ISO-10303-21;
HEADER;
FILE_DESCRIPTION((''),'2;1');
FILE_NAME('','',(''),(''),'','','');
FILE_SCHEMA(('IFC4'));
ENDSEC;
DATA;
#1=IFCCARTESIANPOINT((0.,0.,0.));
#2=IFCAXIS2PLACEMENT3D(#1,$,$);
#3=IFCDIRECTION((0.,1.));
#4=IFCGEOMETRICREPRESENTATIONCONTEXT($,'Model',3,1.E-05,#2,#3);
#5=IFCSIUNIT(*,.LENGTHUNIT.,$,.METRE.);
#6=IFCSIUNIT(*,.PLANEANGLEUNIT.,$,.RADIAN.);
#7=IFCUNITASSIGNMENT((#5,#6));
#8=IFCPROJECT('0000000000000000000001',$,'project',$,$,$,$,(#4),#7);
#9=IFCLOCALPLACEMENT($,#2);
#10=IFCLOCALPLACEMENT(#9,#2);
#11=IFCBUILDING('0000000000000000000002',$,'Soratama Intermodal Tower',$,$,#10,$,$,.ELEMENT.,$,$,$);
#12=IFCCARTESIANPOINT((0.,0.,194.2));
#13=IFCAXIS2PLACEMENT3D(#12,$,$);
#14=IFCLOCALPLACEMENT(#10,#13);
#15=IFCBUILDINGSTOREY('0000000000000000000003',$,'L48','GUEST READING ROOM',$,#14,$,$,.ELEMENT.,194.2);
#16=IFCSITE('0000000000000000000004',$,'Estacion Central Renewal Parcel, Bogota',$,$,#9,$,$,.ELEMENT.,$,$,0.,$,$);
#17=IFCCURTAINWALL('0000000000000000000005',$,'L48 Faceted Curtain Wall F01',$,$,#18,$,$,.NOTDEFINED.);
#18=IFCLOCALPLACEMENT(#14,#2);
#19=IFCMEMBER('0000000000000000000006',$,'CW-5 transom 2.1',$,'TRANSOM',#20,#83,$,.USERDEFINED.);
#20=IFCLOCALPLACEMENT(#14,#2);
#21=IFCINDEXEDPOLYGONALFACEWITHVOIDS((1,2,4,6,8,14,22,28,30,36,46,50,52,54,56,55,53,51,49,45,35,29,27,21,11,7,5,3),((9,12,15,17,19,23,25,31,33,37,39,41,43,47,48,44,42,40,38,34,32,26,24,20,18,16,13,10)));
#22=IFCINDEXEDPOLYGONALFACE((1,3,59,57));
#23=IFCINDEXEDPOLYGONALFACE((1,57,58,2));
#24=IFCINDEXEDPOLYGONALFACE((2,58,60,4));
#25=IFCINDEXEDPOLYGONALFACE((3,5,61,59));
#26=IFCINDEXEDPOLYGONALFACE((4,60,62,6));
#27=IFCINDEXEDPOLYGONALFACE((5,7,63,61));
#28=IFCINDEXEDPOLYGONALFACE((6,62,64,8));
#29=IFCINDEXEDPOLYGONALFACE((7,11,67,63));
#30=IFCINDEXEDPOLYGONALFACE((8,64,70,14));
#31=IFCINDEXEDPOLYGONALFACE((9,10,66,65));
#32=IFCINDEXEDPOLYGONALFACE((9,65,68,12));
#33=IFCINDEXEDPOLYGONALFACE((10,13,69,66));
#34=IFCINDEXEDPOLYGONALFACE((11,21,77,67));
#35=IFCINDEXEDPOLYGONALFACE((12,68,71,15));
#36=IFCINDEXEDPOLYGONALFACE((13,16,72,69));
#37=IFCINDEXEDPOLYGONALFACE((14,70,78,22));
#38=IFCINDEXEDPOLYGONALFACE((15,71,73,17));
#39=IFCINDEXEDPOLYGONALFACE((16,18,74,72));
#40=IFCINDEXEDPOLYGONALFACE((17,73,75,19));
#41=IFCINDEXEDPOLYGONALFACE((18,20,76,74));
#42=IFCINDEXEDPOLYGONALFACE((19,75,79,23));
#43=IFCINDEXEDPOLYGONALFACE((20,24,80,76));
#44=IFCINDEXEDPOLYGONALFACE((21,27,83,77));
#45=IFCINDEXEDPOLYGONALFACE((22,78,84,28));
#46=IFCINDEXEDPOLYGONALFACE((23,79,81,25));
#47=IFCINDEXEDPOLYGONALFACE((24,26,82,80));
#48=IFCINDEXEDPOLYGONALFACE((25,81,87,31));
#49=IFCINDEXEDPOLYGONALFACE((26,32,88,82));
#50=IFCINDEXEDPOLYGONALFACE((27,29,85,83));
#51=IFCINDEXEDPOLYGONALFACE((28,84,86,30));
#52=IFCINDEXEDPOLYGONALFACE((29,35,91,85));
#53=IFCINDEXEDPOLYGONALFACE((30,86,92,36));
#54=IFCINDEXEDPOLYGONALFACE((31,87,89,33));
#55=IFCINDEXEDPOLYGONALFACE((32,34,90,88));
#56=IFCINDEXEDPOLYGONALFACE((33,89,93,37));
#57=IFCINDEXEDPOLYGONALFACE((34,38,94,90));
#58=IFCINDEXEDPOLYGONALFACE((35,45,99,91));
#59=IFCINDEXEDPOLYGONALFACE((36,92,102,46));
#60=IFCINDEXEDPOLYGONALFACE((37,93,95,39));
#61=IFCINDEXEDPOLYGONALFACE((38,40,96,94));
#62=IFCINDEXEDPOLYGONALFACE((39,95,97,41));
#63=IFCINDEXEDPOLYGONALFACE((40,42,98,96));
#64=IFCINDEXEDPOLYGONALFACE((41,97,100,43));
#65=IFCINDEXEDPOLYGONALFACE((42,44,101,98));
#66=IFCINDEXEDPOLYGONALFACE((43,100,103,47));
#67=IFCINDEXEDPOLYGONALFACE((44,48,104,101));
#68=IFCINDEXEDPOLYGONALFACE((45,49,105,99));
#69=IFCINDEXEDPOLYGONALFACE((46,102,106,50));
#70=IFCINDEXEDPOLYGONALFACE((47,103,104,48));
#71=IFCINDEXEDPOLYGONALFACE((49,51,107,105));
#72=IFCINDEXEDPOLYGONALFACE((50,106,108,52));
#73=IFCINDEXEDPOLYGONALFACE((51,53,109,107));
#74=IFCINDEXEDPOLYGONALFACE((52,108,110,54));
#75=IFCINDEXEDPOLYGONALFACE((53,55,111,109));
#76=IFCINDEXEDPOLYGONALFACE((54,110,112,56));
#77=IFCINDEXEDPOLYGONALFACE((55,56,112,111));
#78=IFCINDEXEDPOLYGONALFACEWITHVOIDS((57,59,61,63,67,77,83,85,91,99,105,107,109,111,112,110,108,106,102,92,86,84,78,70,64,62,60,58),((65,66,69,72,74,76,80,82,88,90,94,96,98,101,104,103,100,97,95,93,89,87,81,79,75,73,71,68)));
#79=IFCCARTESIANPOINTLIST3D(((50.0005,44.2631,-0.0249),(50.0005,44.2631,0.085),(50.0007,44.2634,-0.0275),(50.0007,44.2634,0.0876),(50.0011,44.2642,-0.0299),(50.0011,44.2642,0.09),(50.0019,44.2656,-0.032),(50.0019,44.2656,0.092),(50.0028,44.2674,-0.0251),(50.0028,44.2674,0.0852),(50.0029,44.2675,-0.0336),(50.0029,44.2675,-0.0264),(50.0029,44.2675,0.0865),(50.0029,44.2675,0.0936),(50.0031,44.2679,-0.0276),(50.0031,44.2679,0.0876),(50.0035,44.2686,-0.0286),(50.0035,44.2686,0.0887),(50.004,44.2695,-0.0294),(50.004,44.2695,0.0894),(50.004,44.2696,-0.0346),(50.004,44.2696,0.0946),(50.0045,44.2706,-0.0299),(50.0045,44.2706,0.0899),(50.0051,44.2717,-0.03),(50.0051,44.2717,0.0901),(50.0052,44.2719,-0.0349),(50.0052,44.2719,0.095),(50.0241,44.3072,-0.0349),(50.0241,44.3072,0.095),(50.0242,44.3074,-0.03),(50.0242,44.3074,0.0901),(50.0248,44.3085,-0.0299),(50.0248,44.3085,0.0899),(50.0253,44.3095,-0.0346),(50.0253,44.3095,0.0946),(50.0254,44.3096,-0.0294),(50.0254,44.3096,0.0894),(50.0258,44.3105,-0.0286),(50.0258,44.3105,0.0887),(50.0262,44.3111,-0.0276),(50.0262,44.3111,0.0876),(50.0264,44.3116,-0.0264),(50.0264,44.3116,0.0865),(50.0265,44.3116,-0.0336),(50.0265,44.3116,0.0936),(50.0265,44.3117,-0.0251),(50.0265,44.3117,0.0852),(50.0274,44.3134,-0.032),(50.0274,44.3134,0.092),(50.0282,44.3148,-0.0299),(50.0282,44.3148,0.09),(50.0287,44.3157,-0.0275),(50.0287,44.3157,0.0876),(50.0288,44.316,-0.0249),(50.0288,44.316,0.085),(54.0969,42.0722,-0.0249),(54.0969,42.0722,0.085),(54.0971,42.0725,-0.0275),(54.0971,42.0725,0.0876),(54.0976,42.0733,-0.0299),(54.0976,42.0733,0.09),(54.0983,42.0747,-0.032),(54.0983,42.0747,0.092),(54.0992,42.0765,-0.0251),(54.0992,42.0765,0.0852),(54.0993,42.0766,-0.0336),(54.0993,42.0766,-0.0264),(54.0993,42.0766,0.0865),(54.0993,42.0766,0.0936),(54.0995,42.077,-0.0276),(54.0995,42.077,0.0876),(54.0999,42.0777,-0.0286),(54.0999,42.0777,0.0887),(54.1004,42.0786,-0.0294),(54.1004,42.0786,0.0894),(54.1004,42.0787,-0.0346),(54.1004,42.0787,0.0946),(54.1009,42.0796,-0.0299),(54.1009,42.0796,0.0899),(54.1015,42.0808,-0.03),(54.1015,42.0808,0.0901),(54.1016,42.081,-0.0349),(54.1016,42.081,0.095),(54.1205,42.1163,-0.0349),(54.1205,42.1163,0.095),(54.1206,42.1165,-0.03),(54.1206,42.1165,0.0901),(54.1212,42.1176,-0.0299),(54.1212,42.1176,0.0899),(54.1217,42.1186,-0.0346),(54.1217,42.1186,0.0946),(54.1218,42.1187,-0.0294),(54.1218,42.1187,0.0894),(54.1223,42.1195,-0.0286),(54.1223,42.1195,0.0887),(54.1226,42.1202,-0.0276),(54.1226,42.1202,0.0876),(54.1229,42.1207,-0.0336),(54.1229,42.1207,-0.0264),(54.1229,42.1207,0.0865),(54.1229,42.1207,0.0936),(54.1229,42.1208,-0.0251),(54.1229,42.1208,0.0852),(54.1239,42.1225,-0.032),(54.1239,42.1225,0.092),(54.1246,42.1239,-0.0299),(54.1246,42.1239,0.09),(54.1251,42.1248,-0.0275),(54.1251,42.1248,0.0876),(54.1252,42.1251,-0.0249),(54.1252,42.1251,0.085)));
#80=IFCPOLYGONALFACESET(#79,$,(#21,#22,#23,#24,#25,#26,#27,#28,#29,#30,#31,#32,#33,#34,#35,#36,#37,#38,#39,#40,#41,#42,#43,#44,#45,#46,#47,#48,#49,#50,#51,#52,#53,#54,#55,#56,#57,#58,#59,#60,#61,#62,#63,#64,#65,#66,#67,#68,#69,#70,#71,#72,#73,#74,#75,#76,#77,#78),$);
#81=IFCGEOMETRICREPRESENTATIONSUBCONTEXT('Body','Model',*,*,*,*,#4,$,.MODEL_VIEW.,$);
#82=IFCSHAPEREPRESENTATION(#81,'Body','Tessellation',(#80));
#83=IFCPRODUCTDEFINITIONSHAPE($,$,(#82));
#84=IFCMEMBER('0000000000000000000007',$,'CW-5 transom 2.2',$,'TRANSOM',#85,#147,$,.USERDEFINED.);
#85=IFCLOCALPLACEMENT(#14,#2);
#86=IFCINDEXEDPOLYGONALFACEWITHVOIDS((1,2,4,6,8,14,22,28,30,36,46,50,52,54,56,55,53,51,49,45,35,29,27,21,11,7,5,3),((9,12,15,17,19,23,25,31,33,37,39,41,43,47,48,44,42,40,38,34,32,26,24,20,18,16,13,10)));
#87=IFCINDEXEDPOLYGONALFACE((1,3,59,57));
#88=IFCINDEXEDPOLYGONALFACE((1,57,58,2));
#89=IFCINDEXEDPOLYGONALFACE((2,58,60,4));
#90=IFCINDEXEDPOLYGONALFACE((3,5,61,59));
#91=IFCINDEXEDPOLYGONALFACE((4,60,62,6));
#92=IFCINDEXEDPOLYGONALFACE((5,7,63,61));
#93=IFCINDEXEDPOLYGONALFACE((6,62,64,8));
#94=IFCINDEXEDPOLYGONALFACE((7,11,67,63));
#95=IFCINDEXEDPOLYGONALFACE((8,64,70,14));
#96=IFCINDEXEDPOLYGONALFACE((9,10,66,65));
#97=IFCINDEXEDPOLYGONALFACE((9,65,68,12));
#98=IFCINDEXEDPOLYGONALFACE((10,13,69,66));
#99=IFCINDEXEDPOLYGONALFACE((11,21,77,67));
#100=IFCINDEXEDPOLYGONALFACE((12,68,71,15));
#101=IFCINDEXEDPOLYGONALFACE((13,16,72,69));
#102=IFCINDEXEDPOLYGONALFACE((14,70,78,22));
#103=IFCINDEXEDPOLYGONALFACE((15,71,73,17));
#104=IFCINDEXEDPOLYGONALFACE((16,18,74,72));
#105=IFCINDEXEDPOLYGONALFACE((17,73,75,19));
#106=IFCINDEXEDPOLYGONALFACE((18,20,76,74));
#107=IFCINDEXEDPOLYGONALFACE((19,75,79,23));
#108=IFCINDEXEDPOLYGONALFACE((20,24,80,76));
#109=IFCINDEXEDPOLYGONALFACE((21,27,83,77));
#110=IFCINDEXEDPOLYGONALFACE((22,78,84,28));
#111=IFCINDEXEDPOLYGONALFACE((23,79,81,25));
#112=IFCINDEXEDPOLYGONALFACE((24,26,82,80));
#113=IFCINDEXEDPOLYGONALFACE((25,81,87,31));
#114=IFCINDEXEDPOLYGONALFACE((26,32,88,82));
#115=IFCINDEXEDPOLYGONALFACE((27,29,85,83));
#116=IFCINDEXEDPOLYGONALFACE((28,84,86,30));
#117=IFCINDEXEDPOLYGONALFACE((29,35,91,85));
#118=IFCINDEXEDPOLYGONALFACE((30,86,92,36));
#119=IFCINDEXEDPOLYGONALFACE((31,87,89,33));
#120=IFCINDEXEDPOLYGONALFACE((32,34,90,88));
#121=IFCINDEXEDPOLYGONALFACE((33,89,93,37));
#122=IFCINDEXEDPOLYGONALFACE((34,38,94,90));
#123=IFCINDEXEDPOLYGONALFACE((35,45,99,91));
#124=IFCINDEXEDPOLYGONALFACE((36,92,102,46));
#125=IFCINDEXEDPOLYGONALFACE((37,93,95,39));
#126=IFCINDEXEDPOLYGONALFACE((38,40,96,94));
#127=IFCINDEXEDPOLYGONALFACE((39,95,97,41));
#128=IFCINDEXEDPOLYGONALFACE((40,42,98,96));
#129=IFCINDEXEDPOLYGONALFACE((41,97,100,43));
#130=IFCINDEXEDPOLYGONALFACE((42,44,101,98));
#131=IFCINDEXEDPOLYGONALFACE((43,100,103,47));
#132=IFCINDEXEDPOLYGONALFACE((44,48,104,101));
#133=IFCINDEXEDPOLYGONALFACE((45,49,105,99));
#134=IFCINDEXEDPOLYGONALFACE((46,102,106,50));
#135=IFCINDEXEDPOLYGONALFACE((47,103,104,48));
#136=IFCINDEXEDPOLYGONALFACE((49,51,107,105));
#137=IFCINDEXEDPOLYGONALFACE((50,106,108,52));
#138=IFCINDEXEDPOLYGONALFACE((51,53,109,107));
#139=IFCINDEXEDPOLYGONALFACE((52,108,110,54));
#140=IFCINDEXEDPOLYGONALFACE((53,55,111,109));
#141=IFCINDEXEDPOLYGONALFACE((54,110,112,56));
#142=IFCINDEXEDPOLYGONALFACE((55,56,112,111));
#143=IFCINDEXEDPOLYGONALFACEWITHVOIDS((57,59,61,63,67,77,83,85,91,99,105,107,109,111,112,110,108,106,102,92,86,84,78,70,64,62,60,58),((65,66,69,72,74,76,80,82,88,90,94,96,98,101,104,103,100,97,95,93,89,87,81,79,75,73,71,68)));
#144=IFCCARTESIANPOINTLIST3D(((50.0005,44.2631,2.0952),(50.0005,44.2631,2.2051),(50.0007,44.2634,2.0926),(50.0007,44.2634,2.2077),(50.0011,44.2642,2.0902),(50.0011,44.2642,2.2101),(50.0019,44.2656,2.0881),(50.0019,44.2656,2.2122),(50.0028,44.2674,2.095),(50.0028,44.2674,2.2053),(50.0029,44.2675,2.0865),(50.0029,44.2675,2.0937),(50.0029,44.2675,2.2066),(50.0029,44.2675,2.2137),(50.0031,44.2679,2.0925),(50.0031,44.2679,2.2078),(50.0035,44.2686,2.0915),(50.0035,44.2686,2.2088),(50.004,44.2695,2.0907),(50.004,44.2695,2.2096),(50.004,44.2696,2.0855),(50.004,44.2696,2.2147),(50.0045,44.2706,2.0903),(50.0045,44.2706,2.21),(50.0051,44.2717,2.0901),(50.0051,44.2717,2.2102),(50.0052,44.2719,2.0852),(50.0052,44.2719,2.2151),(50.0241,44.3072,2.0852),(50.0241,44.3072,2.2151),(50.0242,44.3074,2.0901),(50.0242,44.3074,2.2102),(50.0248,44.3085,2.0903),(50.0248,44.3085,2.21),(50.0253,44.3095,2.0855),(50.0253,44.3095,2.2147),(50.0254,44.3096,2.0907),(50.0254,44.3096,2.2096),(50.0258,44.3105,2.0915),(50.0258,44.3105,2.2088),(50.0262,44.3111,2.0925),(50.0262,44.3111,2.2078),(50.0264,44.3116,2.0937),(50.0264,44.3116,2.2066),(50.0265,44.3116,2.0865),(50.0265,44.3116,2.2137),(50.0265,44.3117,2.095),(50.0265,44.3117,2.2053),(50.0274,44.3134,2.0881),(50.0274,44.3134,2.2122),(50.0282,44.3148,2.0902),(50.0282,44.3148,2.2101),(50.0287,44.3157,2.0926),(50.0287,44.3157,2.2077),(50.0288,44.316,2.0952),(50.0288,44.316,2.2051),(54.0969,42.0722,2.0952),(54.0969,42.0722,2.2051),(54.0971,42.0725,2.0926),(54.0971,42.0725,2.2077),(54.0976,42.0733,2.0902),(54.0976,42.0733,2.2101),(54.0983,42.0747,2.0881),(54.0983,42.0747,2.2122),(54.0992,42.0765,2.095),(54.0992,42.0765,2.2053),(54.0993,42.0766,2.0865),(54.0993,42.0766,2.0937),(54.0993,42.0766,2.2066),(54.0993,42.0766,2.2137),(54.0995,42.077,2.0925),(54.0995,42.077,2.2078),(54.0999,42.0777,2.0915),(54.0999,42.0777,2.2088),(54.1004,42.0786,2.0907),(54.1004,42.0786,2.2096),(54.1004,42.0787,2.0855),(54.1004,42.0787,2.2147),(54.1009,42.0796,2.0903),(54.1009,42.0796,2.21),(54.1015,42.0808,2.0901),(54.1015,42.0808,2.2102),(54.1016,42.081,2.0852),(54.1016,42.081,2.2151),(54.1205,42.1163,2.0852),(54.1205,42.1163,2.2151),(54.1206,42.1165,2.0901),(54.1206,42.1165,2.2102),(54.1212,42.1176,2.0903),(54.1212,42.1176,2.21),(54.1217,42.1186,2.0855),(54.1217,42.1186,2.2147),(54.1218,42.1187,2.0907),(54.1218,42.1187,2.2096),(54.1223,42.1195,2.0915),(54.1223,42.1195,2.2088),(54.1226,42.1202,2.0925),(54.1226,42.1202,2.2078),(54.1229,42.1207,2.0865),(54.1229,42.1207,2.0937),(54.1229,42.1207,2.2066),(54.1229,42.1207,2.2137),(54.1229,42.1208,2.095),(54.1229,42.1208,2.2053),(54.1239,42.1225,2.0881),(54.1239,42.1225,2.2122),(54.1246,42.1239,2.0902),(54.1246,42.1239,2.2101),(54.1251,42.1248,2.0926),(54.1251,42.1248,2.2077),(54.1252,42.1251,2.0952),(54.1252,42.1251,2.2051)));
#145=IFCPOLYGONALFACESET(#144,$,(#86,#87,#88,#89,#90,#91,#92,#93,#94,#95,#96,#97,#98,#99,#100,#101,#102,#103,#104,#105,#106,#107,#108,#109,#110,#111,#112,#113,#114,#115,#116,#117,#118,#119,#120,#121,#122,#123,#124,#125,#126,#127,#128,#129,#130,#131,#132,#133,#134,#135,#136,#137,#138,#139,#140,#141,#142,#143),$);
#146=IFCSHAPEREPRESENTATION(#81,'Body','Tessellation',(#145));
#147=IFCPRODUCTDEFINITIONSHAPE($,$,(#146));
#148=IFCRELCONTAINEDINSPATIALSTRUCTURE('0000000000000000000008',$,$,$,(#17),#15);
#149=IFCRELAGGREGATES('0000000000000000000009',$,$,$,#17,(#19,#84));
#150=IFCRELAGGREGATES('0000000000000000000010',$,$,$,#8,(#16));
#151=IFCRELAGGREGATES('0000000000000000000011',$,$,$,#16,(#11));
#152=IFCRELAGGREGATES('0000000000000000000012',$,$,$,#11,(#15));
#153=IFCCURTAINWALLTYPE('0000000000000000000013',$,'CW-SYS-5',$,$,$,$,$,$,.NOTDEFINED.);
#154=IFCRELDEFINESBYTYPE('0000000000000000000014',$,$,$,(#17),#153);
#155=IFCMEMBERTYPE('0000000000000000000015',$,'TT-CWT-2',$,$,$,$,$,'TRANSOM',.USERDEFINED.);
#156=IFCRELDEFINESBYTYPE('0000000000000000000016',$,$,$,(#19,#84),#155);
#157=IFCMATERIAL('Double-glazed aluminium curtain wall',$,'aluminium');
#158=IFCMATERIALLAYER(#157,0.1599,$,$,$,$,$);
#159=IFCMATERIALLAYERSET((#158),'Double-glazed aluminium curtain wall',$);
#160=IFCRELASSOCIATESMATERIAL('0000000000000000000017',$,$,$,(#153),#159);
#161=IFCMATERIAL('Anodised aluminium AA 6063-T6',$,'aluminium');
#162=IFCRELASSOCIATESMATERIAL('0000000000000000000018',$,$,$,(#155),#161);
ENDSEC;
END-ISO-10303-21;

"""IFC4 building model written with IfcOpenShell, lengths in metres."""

from ifc_helpers import new_model, si_unit, direction, frame, origin, origin_2d, place, context, subcontext, project, spatial, hollow_rectangle, extrude, material, layer, layer_set, material_profile, profile_set, type_object, element, aggregate, save


model = new_model("IFC4")

# Units and contexts
model_context = context("Model", 3, precision=1e-05, world=origin(), true_north=direction((0.0, 1.0)))
body_context = subcontext(model_context, "Body", "Model", "MODEL_VIEW")
ifc_project = project(units=[si_unit("LENGTHUNIT", "METRE"), si_unit("PLANEANGLEUNIT", "RADIAN")], contexts=[model_context])

# Site, building, storey
site_placement = place(None, origin())
site = spatial("IfcSite", under=ifc_project, at=site_placement, Name="Estacion Central Renewal Parcel, Bogota", CompositionType="ELEMENT", RefElevation=0.0)
building_placement = place(site_placement, origin())
building = spatial("IfcBuilding", under=site, at=building_placement, Name="Soratama Intermodal Tower", CompositionType="ELEMENT")
storey_placement = place(building_placement, frame((0.0, 0.0, 194.2)))
storey = spatial("IfcBuildingStorey", under=building, at=storey_placement, Name="L48", Description="GUEST READING ROOM", CompositionType="ELEMENT", Elevation=194.2)

# Curtain wall
ifc_material_1 = material(Name="Double-glazed aluminium curtain wall", Category="aluminium")
ifc_layer_1 = layer(ifc_material_1, 0.1599)
ifc_layer_set_1 = layer_set([ifc_layer_1], Name="Double-glazed aluminium curtain wall")
curtain_wall_type = type_object("IfcCurtainWallType", Name="CW-SYS-5", PredefinedType="NOTDEFINED", material=ifc_layer_set_1)
curtain_wall_1_placement = place(storey_placement, origin())
curtain_wall_1 = element("IfcCurtainWall", 1, at=curtain_wall_1_placement, inside=storey, type_object=curtain_wall_type, Name="L48 Faceted Curtain Wall F01", PredefinedType="NOTDEFINED")

# Members
ifc_material_2 = material(Name="Anodised aluminium AA 6063-T6", Category="aluminium")
ifc_material_profile_1 = material_profile(ifc_material_2, hollow_rectangle(XDim=0.0601, YDim=0.1299, WallThickness=0.0049, InnerFilletRadius=0.0049, OuterFilletRadius=0.01, at=origin_2d()), Name="CWT130X60X5")
ifc_profile_set_1 = profile_set([ifc_material_profile_1], Name="Anodised aluminium AA 6063-T6")
member_type_1 = type_object("IfcMemberType", Name="TT-CWT-2", ElementType="TRANSOM", PredefinedType="USERDEFINED", material=ifc_profile_set_1)
member_1_placement = place(storey_placement, frame((54.1111, 42.0986, 0.03), z_axis=(-0.881802, 0.471619, 0.0), x_axis=(-0.471619, -0.881802, 0.0)))
member_1 = element("IfcMember", 2, at=member_1_placement, type_object=member_type_1, Name="CW-5 transom 2.1", ObjectType="TRANSOM", PredefinedType="USERDEFINED", context=body_context, shape_type="SweptSolid", body=[
    extrude(hollow_rectangle(XDim=0.0601, YDim=0.1299, WallThickness=0.0049, InnerFilletRadius=0.0049, OuterFilletRadius=0.01, at=origin_2d()), origin(), (0.0, 0.0, 1.0), 4.6455),
])
member_2_placement = place(storey_placement, frame((54.1111, 42.0986, 2.1501), z_axis=(-0.881802, 0.471619, 0.0), x_axis=(-0.471619, -0.881802, 0.0)))
member_2 = element("IfcMember", 3, at=member_2_placement, type_object=member_type_1, Name="CW-5 transom 2.2", ObjectType="TRANSOM", PredefinedType="USERDEFINED", context=body_context, shape_type="SweptSolid", body=[
    extrude(hollow_rectangle(XDim=0.0601, YDim=0.1299, WallThickness=0.0049, InnerFilletRadius=0.0049, OuterFilletRadius=0.01, at=origin_2d()), origin(), (0.0, 0.0, 1.0), 4.6455),
])

aggregate(curtain_wall_1, [member_1, member_2])

save(model, "model.ifc")
